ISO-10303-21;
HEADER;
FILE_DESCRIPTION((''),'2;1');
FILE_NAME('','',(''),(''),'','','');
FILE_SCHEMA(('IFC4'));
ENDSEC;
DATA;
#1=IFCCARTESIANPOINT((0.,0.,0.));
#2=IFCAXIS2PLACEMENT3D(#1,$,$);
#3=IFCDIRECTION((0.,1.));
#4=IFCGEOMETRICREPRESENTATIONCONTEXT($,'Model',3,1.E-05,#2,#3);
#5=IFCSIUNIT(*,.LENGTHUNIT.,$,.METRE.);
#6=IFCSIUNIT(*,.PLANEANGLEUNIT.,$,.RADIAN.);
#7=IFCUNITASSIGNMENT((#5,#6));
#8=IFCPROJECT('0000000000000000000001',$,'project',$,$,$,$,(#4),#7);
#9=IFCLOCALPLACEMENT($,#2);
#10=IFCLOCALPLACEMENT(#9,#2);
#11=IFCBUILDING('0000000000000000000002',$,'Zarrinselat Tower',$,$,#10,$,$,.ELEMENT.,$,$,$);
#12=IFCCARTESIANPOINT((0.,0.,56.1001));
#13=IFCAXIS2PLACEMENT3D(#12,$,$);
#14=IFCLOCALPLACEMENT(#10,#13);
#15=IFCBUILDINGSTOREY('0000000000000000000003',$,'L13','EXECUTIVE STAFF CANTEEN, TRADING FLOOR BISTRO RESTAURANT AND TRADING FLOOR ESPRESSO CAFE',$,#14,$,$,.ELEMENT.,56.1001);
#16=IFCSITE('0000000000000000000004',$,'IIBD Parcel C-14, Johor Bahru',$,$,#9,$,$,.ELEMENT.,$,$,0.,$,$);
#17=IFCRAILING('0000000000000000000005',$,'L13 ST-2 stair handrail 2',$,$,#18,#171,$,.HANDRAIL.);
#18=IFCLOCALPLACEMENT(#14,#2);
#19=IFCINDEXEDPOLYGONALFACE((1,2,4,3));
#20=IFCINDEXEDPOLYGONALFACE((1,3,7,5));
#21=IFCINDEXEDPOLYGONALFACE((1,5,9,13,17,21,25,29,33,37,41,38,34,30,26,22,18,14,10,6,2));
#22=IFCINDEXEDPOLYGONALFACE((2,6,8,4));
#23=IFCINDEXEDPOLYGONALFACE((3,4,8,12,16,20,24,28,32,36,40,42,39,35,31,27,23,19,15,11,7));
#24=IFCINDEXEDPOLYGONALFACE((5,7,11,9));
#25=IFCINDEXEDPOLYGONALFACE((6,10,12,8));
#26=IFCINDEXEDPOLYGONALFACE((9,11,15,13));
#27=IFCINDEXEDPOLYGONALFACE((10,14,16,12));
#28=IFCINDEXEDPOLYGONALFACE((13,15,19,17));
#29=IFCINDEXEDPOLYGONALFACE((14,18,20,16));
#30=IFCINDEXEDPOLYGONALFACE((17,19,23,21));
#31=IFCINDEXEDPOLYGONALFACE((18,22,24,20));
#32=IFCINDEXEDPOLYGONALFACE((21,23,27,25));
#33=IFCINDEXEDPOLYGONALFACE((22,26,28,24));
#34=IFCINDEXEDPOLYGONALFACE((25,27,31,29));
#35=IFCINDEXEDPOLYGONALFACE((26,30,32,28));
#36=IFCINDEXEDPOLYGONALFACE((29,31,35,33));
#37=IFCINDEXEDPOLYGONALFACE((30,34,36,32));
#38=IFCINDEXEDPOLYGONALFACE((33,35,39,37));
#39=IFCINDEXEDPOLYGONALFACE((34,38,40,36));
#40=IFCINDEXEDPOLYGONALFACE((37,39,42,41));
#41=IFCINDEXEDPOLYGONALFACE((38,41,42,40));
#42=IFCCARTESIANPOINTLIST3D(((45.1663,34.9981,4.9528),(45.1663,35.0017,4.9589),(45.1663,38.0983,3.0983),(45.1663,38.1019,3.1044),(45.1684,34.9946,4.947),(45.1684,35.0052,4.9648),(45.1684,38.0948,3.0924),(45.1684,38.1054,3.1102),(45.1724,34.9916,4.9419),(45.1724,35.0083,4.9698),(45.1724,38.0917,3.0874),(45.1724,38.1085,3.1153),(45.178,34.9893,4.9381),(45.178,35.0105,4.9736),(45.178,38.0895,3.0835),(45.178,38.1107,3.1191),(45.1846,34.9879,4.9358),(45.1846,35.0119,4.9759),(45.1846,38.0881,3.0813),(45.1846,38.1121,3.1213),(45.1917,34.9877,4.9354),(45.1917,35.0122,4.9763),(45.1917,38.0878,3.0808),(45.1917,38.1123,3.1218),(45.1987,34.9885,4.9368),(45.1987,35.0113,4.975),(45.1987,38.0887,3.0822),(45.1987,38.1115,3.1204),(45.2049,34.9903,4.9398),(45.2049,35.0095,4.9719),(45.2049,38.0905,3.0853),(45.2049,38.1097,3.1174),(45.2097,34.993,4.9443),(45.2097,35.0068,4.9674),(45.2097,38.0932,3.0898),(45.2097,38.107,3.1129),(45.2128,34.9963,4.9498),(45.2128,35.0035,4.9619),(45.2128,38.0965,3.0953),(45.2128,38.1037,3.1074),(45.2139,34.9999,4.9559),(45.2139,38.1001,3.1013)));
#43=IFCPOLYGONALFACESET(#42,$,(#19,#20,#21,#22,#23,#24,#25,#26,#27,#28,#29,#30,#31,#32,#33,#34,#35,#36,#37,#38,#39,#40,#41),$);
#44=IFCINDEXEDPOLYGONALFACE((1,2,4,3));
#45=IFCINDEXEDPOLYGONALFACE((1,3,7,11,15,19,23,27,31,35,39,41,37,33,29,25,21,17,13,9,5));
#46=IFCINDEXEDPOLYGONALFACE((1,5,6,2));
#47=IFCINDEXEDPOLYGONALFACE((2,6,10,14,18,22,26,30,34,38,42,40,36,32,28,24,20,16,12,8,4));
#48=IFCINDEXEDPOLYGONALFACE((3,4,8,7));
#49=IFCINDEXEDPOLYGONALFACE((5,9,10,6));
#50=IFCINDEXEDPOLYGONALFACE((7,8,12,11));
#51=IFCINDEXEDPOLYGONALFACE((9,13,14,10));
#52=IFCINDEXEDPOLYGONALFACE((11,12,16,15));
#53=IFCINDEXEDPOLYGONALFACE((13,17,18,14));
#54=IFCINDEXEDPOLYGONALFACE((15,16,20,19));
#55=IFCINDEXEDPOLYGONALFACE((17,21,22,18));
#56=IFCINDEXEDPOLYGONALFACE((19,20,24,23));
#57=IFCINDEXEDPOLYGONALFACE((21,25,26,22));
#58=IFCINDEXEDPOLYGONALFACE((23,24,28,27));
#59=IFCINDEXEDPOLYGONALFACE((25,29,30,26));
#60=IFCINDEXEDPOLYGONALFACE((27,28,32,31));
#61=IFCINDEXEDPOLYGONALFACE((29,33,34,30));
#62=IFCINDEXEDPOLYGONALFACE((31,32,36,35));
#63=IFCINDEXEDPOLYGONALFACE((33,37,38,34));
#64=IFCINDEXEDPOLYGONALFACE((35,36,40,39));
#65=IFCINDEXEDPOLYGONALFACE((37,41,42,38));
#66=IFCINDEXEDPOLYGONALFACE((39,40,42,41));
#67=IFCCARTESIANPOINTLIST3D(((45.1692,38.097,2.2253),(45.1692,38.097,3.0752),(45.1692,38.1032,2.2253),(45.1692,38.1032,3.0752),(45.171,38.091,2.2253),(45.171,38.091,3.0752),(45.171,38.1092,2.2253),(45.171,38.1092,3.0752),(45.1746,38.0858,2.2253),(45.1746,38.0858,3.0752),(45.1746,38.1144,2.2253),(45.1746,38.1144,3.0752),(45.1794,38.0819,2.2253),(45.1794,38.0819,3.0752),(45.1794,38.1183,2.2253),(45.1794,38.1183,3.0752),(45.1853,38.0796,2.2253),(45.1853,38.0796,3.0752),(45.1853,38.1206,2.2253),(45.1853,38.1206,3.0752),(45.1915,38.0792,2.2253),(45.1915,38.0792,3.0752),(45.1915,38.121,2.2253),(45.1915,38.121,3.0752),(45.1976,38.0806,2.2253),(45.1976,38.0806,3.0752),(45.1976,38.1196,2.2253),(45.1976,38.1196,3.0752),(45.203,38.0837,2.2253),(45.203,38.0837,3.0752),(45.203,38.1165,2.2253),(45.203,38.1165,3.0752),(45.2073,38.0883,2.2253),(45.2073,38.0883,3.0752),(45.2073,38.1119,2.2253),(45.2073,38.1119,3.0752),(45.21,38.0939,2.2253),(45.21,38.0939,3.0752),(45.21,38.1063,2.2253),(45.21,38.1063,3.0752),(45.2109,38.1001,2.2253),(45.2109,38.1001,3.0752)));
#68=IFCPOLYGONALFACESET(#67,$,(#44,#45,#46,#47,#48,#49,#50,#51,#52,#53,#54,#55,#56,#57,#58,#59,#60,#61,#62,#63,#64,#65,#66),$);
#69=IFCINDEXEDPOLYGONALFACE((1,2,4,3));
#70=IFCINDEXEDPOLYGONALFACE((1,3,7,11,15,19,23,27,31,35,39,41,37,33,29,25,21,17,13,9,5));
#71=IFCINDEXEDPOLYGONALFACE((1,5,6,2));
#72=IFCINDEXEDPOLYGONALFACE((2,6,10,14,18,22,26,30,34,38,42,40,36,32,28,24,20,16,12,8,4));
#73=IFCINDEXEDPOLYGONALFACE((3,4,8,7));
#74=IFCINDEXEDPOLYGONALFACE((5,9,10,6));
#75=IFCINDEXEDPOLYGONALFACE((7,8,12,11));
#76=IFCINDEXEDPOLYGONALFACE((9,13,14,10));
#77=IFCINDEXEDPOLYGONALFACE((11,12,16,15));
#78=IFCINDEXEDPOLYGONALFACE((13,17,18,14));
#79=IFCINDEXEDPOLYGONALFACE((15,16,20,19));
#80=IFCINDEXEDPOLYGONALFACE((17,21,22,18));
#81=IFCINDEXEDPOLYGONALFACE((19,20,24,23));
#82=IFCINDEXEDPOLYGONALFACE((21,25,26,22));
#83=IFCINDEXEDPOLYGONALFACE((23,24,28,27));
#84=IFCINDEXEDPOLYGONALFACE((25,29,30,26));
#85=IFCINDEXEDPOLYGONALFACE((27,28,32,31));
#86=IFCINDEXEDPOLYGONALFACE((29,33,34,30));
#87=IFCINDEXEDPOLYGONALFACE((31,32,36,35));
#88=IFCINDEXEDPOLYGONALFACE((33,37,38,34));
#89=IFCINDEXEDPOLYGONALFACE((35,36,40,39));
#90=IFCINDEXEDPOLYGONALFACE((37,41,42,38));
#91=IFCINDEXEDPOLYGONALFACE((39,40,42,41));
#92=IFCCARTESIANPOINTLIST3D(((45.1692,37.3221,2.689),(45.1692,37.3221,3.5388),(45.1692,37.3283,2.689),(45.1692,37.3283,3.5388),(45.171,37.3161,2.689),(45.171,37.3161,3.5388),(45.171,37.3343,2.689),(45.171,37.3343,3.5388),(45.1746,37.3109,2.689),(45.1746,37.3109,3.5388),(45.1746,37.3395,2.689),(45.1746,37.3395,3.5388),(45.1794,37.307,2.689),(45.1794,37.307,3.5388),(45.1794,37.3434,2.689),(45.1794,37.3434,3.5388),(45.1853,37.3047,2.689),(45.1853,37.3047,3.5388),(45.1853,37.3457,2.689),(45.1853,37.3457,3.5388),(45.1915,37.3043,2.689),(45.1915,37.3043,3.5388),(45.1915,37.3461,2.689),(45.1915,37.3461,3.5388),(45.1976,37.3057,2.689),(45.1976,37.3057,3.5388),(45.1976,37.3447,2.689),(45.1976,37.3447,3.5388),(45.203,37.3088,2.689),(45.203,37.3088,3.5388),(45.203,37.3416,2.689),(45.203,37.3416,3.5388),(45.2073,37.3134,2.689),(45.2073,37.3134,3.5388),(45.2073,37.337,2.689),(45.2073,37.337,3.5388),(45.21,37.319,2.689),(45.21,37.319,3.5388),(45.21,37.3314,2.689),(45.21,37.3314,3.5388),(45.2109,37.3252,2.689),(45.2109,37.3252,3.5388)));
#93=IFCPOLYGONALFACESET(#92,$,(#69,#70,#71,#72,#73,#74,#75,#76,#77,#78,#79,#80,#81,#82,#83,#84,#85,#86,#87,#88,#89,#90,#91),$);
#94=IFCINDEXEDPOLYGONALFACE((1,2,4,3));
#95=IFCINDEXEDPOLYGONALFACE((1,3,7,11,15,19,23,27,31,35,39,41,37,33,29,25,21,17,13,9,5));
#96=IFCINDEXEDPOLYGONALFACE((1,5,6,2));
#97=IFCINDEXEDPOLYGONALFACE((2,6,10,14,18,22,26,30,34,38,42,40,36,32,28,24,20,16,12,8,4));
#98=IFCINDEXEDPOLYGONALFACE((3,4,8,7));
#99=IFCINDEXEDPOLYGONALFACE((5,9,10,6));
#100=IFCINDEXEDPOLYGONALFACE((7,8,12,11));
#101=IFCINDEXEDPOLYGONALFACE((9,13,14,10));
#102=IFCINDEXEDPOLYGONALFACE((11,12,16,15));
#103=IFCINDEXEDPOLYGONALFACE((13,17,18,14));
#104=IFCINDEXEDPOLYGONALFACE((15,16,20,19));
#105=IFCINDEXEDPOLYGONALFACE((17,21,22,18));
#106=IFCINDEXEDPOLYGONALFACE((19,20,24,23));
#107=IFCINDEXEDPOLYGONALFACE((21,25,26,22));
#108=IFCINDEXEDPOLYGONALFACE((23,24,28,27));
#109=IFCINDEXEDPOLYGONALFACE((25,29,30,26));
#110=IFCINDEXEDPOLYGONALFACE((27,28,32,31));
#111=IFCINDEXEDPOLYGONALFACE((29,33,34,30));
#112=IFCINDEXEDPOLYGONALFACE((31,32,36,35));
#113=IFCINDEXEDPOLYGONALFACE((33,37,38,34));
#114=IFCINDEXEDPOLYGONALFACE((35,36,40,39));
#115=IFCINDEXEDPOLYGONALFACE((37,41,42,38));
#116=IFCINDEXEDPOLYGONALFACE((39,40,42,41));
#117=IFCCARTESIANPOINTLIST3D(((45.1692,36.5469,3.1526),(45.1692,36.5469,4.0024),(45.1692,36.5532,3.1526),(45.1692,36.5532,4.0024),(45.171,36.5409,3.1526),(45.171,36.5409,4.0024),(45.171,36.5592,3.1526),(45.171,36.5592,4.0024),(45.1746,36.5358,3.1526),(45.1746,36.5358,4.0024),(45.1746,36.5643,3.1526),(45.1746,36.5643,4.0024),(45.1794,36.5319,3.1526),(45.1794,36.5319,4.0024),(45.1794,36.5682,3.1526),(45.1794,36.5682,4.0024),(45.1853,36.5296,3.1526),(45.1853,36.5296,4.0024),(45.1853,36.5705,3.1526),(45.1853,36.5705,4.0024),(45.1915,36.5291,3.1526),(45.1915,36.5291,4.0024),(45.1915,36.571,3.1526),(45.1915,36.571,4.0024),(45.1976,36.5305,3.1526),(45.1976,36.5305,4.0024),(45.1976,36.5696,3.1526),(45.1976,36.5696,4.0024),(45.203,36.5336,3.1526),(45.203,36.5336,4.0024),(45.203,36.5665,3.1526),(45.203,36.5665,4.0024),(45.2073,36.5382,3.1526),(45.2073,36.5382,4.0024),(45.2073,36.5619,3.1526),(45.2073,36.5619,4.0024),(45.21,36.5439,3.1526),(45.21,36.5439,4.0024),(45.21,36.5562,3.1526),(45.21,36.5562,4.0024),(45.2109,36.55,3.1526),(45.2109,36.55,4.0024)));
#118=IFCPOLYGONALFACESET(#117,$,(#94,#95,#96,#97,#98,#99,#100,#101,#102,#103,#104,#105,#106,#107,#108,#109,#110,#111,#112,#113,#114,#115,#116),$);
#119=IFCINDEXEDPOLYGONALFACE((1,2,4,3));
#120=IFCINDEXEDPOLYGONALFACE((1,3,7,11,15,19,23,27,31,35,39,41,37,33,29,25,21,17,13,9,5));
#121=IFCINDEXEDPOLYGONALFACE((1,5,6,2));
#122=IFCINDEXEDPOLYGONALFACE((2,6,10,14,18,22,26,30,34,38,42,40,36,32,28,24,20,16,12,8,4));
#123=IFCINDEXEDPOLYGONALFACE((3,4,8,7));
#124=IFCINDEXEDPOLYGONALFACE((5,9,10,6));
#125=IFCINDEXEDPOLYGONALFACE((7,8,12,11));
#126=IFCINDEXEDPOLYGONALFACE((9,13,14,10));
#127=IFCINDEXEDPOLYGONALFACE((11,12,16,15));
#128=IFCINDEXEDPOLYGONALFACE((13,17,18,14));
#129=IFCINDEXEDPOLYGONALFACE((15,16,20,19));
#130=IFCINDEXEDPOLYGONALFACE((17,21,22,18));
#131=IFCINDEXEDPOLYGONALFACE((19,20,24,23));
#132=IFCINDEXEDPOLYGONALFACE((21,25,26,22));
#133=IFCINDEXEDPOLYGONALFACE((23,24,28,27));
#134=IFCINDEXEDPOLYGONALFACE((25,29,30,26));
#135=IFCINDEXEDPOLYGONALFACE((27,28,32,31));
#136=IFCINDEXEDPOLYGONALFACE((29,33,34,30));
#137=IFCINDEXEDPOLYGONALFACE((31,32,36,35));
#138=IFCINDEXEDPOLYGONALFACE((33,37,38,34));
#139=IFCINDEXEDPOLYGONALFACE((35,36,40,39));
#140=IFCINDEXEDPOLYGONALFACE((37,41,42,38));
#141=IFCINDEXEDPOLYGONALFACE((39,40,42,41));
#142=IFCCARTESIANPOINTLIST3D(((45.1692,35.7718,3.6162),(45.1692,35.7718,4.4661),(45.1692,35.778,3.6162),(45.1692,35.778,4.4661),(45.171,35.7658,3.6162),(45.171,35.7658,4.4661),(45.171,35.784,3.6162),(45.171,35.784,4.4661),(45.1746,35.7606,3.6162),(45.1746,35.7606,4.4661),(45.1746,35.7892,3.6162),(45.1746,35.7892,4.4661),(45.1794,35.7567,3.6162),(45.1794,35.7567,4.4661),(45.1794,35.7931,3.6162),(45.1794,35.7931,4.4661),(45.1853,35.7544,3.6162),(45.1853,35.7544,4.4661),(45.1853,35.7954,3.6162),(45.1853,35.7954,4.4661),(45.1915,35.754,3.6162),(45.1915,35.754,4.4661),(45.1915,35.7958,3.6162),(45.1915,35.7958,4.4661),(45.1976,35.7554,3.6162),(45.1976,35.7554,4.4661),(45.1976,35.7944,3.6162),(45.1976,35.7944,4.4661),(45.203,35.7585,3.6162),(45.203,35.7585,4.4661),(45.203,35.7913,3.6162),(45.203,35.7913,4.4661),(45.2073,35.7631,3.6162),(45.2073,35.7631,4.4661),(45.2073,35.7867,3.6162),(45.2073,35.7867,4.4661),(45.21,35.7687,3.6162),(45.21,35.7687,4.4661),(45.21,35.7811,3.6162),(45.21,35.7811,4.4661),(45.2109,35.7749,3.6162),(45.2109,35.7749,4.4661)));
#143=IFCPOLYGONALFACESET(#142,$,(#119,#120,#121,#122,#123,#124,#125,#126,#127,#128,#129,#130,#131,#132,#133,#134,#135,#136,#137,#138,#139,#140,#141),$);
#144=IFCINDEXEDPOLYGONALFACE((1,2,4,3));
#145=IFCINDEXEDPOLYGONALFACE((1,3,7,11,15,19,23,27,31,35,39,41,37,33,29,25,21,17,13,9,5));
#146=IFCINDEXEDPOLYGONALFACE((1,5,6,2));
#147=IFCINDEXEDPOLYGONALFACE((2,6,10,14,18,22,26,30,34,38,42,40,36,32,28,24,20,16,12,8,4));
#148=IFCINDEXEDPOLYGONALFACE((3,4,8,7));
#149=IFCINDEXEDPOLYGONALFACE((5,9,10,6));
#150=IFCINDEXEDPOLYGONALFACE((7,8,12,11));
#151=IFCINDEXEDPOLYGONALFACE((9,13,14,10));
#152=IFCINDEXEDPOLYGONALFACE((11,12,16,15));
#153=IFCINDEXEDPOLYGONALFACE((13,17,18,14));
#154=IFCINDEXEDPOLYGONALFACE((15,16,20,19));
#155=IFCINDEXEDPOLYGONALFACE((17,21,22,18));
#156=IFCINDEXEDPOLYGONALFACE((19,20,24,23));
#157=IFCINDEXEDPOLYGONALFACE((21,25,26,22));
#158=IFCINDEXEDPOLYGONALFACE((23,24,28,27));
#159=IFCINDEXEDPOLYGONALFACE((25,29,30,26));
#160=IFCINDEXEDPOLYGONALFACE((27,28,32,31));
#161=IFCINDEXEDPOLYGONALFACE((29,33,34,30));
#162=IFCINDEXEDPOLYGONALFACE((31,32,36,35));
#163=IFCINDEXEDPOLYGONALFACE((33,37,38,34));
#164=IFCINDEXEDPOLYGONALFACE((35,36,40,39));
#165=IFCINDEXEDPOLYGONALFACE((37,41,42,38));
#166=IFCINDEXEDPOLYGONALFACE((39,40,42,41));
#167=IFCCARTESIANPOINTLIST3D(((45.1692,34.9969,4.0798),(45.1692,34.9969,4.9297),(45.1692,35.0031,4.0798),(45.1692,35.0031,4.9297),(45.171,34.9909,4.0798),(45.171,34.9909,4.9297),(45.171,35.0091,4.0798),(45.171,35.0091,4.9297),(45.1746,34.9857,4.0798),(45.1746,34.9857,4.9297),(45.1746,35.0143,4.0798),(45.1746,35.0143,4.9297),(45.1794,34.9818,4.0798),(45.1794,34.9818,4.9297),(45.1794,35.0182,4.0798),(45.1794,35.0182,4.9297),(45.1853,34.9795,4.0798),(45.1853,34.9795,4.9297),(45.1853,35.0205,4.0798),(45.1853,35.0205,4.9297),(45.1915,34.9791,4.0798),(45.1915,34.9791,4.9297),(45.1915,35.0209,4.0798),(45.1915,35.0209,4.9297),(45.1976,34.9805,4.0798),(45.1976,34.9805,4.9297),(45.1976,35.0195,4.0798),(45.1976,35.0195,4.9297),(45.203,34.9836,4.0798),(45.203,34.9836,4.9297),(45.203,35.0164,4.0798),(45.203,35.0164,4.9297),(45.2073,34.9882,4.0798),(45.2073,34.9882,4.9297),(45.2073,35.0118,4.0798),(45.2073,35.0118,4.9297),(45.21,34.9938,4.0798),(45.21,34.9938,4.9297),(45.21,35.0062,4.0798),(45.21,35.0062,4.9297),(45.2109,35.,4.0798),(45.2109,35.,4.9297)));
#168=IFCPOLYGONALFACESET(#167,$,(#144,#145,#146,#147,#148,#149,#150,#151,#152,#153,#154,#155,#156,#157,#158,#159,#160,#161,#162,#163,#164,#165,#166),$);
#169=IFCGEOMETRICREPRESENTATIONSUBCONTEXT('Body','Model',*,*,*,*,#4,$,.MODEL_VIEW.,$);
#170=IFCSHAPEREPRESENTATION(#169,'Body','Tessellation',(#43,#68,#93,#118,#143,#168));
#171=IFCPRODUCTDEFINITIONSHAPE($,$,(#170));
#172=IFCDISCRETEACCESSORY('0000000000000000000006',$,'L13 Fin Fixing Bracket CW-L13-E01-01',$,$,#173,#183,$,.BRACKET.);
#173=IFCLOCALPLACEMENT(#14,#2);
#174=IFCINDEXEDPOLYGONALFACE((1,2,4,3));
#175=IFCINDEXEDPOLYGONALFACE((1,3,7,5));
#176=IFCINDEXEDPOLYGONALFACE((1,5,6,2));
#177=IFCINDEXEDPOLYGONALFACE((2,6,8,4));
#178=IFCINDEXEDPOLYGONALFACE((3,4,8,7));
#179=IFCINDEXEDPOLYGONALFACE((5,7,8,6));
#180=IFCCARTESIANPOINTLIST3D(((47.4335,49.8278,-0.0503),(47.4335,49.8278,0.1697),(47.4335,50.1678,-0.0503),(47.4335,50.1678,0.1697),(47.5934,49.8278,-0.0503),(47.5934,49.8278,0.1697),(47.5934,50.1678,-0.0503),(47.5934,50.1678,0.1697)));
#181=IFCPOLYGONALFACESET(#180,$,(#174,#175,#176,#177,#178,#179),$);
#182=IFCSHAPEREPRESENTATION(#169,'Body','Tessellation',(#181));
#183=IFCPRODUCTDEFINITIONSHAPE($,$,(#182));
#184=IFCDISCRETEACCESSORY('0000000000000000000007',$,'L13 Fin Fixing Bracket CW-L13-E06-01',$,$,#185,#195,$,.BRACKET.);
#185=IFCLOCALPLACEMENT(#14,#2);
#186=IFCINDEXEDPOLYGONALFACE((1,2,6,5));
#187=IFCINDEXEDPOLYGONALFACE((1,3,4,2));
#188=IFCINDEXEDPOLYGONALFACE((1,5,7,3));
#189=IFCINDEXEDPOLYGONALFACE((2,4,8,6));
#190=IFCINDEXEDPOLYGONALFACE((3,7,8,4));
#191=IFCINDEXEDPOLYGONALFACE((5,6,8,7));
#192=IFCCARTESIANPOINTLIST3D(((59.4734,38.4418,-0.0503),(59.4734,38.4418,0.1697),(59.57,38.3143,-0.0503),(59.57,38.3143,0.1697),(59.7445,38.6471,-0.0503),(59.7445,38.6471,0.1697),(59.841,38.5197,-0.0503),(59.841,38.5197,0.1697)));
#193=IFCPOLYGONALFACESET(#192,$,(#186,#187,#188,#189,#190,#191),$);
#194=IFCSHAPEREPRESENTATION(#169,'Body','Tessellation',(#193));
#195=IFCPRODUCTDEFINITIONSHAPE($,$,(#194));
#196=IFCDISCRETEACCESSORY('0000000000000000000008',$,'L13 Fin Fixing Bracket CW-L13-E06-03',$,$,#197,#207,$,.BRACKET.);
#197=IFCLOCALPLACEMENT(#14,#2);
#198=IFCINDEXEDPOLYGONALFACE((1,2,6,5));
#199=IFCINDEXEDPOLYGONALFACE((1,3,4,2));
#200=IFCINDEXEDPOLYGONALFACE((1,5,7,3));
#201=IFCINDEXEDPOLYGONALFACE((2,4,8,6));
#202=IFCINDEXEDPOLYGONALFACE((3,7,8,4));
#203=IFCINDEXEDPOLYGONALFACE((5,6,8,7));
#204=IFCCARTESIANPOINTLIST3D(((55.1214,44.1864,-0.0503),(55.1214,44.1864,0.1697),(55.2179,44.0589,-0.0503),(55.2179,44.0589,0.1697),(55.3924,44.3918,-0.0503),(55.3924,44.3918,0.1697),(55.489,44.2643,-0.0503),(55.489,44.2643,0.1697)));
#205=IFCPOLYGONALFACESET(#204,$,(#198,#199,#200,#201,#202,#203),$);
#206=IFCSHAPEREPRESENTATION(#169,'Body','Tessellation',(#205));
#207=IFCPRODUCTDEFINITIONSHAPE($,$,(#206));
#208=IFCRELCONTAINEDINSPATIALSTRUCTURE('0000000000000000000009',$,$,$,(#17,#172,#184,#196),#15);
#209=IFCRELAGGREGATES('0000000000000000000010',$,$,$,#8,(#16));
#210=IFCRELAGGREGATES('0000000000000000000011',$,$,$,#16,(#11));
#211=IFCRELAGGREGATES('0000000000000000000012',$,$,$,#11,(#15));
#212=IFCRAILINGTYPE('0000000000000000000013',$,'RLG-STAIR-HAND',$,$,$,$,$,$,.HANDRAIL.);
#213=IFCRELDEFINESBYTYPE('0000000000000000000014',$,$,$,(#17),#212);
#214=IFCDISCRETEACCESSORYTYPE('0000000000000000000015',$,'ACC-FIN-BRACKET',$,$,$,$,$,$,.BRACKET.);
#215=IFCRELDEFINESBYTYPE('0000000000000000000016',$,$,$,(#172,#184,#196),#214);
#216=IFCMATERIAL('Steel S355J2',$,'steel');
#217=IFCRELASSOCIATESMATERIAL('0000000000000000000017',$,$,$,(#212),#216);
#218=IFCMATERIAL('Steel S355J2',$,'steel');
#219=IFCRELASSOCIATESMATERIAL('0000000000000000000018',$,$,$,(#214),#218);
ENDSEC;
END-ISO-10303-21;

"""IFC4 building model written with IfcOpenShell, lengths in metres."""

from ifc_helpers import new_model, si_unit, direction, frame, origin, origin_2d, place, context, subcontext, project, spatial, rectangle, circle, extrude, material, type_object, element, save


model = new_model("IFC4")

# Units and contexts
model_context = context("Model", 3, precision=1e-05, world=origin(), true_north=direction((0.0, 1.0)))
body_context = subcontext(model_context, "Body", "Model", "MODEL_VIEW")
ifc_project = project(units=[si_unit("LENGTHUNIT", "METRE"), si_unit("PLANEANGLEUNIT", "RADIAN")], contexts=[model_context])

# Site, building, storey
site_placement = place(None, origin())
site = spatial("IfcSite", under=ifc_project, at=site_placement, Name="IIBD Parcel C-14, Johor Bahru", CompositionType="ELEMENT", RefElevation=0.0)
building_placement = place(site_placement, origin())
building = spatial("IfcBuilding", under=site, at=building_placement, Name="Zarrinselat Tower", CompositionType="ELEMENT")
storey_placement = place(building_placement, frame((0.0, 0.0, 56.1001)))
storey = spatial("IfcBuildingStorey", under=building, at=storey_placement, Name="L13", Description="EXECUTIVE STAFF CANTEEN, TRADING FLOOR BISTRO RESTAURANT AND TRADING FLOOR ESPRESSO CAFE", CompositionType="ELEMENT", Elevation=56.1001)

# Railing
ifc_material_1 = material(Name="Steel S355J2", Category="steel")
railing_type_1 = type_object("IfcRailingType", Name="RLG-STAIR-HAND", PredefinedType="HANDRAIL", material=ifc_material_1)
railing_1_placement = place(storey_placement, frame((45.1899, 38.1001, 2.2253)))
element("IfcRailing", 1, at=railing_1_placement, inside=storey, type_object=railing_type_1, Name="L13 ST-2 stair handrail 2", PredefinedType="HANDRAIL", context=body_context, shape_type="SweptSolid", body=[
    extrude(circle(Radius=0.0239, at=origin_2d()), frame((0.0, 0.0, 0.876), z_axis=(0.0, -0.858172, 0.513362), x_axis=(1.0, 0.0, 0.0)), (0.0, 0.0, 1.0), 3.6125),
    extrude(circle(Radius=0.021, at=origin_2d()), origin(), (0.0, 0.0, 1.0), 0.8499),
    extrude(circle(Radius=0.021, at=origin_2d()), frame((0.0, -0.7749, 0.4636)), (0.0, 0.0, 1.0), 0.8499),
    extrude(circle(Radius=0.021, at=origin_2d()), frame((0.0, -1.55, 0.9272)), (0.0, 0.0, 1.0), 0.8499),
    extrude(circle(Radius=0.021, at=origin_2d()), frame((0.0, -2.3252, 1.3909)), (0.0, 0.0, 1.0), 0.8499),
    extrude(circle(Radius=0.021, at=origin_2d()), frame((0.0, -3.1001, 1.8545)), (0.0, 0.0, 1.0), 0.8499),
])

# Discrete accessories
ifc_material_2 = material(Name="Steel S355J2", Category="steel")
discrete_accessory_type = type_object("IfcDiscreteAccessoryType", Name="ACC-FIN-BRACKET", PredefinedType="BRACKET", material=ifc_material_2)
for number, where, z_axis, x_axis, name in (
    (2, (47.5134, 49.9978, -0.0503), (0.0, 0.0, 1.0), (0.0, 1.0, 0.0), "L13 Fin Fixing Bracket CW-L13-E01-01"),
    (3, (59.6572, 38.4807, -0.0503), (0.0, 0.0, 1.0), (0.797093, 0.603857, 0.0), "L13 Fin Fixing Bracket CW-L13-E06-01"),
    (4, (55.3052, 44.2253, -0.0503), (0.0, 0.0, 1.0), (0.797093, 0.603857, 0.0), "L13 Fin Fixing Bracket CW-L13-E06-03"),
):
    element("IfcDiscreteAccessory", number, at=place(storey_placement, frame(where, z_axis=z_axis, x_axis=x_axis)), inside=storey, type_object=discrete_accessory_type, Name=name, PredefinedType="BRACKET", context=body_context, shape_type="SweptSolid", body=[
        extrude(rectangle(XDim=0.3401, YDim=0.1599, at=origin_2d()), origin(), (0.0, 0.0, 1.0), 0.22),
    ])

save(model, "model.ifc")
